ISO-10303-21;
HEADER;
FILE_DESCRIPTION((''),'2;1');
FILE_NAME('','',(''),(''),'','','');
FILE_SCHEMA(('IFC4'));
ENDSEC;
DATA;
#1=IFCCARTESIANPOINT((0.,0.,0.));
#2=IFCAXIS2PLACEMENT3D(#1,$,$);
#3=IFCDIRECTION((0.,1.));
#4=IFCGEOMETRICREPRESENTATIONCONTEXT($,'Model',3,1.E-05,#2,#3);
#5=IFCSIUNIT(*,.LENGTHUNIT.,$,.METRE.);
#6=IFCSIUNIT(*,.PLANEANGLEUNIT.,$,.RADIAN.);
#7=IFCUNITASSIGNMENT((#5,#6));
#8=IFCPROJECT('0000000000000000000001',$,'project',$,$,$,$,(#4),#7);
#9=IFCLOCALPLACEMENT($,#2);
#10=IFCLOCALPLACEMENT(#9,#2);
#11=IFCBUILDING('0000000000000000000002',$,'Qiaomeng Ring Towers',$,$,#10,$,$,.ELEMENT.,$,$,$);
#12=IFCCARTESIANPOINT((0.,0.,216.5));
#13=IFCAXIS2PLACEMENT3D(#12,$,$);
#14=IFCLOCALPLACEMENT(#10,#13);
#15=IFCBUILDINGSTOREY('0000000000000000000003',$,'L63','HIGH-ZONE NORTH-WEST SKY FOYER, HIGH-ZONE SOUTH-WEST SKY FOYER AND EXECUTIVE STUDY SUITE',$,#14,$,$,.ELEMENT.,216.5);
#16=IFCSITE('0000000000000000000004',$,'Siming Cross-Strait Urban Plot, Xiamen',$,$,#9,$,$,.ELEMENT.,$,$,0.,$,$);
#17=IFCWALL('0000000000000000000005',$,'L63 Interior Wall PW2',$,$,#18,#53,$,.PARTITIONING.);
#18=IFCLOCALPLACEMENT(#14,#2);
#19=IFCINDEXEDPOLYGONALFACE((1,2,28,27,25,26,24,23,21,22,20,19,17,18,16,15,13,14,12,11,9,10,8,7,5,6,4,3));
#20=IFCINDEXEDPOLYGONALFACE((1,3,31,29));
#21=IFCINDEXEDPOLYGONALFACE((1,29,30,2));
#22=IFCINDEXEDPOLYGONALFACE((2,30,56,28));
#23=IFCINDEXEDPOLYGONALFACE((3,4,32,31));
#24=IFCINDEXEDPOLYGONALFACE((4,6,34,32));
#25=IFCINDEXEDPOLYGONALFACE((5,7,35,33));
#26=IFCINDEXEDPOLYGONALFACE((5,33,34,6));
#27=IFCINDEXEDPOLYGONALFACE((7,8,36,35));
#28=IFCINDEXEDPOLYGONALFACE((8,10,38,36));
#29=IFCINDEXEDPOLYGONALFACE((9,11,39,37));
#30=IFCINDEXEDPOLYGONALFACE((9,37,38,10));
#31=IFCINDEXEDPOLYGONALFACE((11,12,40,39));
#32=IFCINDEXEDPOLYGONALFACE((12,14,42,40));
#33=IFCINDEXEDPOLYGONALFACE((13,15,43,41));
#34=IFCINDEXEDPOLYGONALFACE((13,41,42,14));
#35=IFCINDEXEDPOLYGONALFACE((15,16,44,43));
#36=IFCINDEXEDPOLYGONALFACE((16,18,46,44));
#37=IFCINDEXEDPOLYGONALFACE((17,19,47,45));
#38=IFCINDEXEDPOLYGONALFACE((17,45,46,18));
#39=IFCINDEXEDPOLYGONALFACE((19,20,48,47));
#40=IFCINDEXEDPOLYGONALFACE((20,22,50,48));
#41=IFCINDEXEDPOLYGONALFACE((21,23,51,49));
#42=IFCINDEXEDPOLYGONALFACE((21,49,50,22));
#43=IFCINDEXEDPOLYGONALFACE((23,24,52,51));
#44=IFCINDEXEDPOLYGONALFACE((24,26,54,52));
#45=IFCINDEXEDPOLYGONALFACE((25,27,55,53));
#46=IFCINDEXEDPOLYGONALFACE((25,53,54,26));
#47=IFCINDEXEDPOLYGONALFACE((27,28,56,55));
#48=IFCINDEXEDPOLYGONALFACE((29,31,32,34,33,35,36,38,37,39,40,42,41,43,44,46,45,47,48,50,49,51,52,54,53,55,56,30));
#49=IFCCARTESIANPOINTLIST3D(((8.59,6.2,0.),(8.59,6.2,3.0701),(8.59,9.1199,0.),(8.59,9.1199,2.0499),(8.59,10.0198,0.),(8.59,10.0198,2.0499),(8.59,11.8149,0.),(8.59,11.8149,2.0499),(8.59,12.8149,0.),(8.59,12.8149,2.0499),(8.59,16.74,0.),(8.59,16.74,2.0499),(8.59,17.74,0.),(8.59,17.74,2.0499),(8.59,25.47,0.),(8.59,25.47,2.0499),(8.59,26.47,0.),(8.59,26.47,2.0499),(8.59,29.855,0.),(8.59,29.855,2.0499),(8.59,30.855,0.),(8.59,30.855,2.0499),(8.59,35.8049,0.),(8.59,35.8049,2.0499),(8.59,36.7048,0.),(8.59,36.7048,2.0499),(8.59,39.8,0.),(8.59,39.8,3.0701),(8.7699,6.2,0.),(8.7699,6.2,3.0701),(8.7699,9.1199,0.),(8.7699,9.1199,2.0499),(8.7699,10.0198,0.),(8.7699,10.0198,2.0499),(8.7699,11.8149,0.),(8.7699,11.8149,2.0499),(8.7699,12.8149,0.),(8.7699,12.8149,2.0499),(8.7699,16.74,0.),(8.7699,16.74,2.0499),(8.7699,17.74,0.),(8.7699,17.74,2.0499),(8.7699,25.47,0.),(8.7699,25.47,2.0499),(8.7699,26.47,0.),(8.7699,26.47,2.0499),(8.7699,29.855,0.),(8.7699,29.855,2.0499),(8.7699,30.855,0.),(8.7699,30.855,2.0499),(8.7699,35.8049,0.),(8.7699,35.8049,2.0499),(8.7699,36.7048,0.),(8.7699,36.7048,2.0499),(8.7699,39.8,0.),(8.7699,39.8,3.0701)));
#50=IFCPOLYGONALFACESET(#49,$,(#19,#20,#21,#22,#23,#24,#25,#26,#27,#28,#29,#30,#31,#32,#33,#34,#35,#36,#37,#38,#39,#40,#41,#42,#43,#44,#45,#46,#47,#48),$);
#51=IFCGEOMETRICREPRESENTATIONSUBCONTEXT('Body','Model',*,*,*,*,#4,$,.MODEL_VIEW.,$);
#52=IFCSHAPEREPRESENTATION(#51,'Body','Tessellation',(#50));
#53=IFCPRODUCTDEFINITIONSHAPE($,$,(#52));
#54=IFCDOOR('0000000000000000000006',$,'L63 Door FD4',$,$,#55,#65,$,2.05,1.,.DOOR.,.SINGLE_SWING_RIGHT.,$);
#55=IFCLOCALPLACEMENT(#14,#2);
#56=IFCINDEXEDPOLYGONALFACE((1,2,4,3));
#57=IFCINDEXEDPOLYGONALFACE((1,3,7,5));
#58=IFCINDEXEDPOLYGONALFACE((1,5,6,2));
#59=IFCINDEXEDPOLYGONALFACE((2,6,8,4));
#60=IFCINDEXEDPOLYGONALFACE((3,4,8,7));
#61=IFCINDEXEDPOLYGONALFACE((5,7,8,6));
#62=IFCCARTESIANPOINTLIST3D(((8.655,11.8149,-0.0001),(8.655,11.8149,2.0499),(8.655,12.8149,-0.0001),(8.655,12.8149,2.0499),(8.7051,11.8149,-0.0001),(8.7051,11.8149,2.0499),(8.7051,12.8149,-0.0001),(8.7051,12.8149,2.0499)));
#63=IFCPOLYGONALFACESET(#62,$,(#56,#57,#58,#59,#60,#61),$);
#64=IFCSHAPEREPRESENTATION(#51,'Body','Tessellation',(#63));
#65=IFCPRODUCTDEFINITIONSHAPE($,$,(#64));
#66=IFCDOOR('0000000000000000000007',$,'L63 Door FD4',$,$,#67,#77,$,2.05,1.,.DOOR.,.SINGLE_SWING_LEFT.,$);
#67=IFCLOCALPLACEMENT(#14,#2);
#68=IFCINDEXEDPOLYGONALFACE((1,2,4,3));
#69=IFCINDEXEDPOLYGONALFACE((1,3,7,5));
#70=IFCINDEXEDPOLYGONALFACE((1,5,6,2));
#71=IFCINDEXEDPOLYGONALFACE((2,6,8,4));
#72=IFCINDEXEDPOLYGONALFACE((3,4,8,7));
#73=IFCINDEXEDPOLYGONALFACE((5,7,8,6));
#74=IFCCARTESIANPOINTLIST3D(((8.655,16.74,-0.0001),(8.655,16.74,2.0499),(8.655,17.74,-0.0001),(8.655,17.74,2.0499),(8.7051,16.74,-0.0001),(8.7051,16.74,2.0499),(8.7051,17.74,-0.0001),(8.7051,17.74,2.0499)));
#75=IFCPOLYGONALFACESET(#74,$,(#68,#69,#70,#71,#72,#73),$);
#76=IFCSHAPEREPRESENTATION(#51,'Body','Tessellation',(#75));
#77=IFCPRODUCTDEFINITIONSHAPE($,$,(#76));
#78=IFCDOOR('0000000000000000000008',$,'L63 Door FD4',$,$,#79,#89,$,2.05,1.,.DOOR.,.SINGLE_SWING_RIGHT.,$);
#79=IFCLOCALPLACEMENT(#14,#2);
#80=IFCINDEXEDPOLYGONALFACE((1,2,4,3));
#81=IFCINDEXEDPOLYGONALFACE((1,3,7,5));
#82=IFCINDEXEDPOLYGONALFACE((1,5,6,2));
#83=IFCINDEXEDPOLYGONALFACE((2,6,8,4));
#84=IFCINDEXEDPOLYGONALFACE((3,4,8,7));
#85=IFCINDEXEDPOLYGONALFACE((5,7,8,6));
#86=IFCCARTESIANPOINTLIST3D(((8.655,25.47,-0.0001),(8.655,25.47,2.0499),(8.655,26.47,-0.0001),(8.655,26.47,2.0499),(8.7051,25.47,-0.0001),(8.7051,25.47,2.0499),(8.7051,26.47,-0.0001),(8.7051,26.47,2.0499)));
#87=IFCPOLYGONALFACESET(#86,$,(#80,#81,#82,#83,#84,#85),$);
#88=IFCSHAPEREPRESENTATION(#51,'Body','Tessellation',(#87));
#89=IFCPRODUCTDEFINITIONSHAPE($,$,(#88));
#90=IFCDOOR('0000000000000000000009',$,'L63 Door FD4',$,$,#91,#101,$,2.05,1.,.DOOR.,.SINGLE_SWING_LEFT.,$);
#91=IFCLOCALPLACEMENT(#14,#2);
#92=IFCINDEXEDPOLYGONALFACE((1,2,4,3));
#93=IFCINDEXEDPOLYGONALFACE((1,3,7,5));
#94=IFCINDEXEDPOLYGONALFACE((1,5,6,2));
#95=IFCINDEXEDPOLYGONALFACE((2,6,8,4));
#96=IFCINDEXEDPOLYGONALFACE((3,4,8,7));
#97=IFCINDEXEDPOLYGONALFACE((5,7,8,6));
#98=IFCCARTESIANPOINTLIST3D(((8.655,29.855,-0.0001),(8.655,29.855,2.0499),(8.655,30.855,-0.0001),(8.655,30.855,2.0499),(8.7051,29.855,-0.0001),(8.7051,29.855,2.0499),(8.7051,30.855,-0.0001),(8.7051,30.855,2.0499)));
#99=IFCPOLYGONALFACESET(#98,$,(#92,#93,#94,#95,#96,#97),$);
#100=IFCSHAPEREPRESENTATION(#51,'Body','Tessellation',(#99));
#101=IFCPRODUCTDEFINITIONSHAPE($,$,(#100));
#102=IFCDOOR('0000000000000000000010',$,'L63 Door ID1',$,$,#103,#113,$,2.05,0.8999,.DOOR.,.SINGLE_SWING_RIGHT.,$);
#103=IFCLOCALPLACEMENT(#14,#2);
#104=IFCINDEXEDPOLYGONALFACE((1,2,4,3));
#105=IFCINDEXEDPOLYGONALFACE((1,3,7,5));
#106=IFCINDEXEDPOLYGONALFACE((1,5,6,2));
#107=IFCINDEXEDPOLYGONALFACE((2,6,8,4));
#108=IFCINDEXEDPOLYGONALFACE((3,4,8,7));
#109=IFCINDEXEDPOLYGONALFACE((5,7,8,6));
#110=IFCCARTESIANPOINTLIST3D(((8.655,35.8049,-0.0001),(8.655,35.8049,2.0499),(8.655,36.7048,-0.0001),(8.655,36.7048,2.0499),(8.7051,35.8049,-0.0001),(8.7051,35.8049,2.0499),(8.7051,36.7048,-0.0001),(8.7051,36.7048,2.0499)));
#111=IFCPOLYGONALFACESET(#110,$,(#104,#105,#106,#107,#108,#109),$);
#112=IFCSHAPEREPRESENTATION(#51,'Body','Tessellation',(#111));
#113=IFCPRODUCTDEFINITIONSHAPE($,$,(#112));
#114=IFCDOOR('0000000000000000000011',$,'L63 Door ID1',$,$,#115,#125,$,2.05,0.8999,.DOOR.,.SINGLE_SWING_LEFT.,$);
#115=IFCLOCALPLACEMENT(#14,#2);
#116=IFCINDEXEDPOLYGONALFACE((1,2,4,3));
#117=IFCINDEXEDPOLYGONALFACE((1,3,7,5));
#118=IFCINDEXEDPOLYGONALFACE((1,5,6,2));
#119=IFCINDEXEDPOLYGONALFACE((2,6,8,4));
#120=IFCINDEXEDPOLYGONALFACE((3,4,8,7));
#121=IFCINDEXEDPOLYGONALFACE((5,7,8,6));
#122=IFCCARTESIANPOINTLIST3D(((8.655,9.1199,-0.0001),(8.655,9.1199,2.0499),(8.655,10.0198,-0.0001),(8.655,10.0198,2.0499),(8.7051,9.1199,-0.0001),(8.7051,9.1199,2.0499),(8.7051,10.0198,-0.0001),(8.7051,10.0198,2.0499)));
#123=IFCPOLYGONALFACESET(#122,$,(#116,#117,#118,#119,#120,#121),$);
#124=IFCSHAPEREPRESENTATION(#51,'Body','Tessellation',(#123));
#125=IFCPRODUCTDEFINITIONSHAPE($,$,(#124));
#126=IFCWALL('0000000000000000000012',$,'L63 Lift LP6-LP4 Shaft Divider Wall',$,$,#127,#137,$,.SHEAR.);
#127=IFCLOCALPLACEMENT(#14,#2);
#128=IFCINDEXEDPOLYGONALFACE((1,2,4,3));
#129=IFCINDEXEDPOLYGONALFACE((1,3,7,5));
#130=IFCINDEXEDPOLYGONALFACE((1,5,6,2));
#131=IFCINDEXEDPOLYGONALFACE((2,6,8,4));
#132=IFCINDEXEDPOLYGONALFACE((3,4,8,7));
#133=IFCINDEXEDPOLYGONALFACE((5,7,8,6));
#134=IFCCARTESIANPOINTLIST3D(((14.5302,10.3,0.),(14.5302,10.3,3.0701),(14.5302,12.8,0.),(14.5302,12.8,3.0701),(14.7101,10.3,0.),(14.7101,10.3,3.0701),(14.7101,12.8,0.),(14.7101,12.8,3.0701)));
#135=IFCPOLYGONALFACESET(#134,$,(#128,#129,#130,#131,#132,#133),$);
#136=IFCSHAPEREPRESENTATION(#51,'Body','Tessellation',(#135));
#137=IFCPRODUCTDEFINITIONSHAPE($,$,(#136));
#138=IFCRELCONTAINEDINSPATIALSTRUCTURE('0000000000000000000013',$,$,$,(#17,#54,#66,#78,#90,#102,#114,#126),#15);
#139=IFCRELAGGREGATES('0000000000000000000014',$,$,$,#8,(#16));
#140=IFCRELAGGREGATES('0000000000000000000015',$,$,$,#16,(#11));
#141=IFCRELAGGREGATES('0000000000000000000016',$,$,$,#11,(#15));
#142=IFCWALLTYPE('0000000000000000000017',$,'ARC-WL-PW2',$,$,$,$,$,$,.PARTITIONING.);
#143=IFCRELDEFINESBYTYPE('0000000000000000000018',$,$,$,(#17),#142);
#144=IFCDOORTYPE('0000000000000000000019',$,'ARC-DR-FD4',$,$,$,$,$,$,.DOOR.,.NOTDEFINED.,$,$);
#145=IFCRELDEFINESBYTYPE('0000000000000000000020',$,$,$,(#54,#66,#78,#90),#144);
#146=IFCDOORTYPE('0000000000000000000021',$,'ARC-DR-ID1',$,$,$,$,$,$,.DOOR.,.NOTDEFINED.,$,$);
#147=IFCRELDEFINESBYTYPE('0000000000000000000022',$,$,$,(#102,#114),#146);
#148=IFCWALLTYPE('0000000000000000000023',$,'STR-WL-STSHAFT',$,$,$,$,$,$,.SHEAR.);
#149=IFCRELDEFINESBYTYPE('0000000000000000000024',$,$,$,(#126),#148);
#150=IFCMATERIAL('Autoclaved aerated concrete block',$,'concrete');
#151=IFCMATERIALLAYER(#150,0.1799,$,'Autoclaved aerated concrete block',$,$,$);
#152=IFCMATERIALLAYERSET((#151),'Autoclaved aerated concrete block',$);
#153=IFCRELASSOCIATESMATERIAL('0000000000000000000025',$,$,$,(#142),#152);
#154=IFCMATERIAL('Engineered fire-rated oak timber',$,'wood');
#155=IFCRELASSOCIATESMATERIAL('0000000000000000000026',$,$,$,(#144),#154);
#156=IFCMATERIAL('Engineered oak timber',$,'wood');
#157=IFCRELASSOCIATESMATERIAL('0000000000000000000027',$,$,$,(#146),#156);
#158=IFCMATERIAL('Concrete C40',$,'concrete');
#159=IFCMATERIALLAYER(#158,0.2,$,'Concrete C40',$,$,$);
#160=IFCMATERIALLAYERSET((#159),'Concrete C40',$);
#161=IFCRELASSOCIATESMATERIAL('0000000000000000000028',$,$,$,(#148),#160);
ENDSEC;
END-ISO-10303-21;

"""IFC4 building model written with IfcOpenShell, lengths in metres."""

from ifc_helpers import new_model, si_unit, direction, frame, frame_2d, origin, place, context, subcontext, project, spatial, rectangle, extrude, source, transform, mapped, material, layer, layer_set, type_object, element, fill, save


model = new_model("IFC4")

# Units and contexts
model_context = context("Model", 3, precision=1e-05, world=origin(), true_north=direction((0.0, 1.0)))
body_context = subcontext(model_context, "Body", "Model", "MODEL_VIEW")
ifc_project = project(units=[si_unit("LENGTHUNIT", "METRE"), si_unit("PLANEANGLEUNIT", "RADIAN")], contexts=[model_context])

# Site, building, storey
site_placement = place(None, origin())
site = spatial("IfcSite", under=ifc_project, at=site_placement, Name="Siming Cross-Strait Urban Plot, Xiamen", CompositionType="ELEMENT", RefElevation=0.0)
building_placement = place(site_placement, origin())
building = spatial("IfcBuilding", under=site, at=building_placement, Name="Qiaomeng Ring Towers", CompositionType="ELEMENT")
storey_placement = place(building_placement, frame((0.0, 0.0, 216.5)))
storey = spatial("IfcBuildingStorey", under=building, at=storey_placement, Name="L63", Description="HIGH-ZONE NORTH-WEST SKY FOYER, HIGH-ZONE SOUTH-WEST SKY FOYER AND EXECUTIVE STUDY SUITE", CompositionType="ELEMENT", Elevation=216.5)

# Shared definitions
ifc_material_1 = material(Name="Autoclaved aerated concrete block", Category="concrete")

# Wall, openings, doors
ifc_layer_1 = layer(ifc_material_1, 0.1799, Name="Autoclaved aerated concrete block")
ifc_layer_set_1 = layer_set([ifc_layer_1], Name="Autoclaved aerated concrete block")
wall_type_1 = type_object("IfcWallType", Name="ARC-WL-PW2", PredefinedType="PARTITIONING", material=ifc_layer_set_1)
wall_1_placement = place(storey_placement, frame((8.6799, 6.2, 0.0), z_axis=(0.0, 0.0, 1.0), x_axis=(0.0, 1.0, 0.0)))
wall_1 = element("IfcWall", 1, at=wall_1_placement, inside=storey, type_object=wall_type_1, Name="L63 Interior Wall PW2", PredefinedType="PARTITIONING", context=body_context, shape_type="SweptSolid", body=[
    extrude(rectangle(XDim=33.6001, YDim=0.1799, at=frame_2d((16.8, 0.0))), origin(), (0.0, 0.0, 1.0), 3.0701),
])
opening_1_placement = place(wall_1_placement, frame((29.605, 0.0, 0.0)))
opening_1 = element("IfcOpeningElement", 2, at=opening_1_placement, cuts=wall_1, PredefinedType="OPENING", context=body_context, shape_type="SweptSolid", body=[
    extrude(rectangle(XDim=0.8999, YDim=2.05, at=frame_2d((0.45, 1.0249))), frame((0.0, 0.0999, 0.0), z_axis=(0.0, -1.0, 0.0), x_axis=(1.0, 0.0, 0.0)), (0.0, 0.0, 1.0), 0.2),
])
opening_2_placement = place(wall_1_placement, frame((2.9199, 0.0, 0.0)))
opening_2 = element("IfcOpeningElement", 3, at=opening_2_placement, cuts=wall_1, PredefinedType="OPENING", context=body_context, shape_type="SweptSolid", body=[
    extrude(rectangle(XDim=0.8999, YDim=2.05, at=frame_2d((0.45, 1.0249))), frame((0.0, 0.0999, 0.0), z_axis=(0.0, -1.0, 0.0), x_axis=(1.0, 0.0, 0.0)), (0.0, 0.0, 1.0), 0.2),
])
opening_3_placement = place(wall_1_placement, frame((5.615, 0.0, 0.0)))
opening_3 = element("IfcOpeningElement", 4, at=opening_3_placement, cuts=wall_1, PredefinedType="OPENING", context=body_context, shape_type="SweptSolid", body=[
    extrude(rectangle(XDim=1.0, YDim=2.05, at=frame_2d((0.5, 1.0249))), frame((0.0, 0.0999, 0.0), z_axis=(0.0, -1.0, 0.0), x_axis=(1.0, 0.0, 0.0)), (0.0, 0.0, 1.0), 0.2),
])
opening_4_placement = place(wall_1_placement, frame((10.54, 0.0, 0.0)))
opening_4 = element("IfcOpeningElement", 5, at=opening_4_placement, cuts=wall_1, PredefinedType="OPENING", context=body_context, shape_type="SweptSolid", body=[
    extrude(rectangle(XDim=1.0, YDim=2.05, at=frame_2d((0.5, 1.0249))), frame((0.0, 0.0999, 0.0), z_axis=(0.0, -1.0, 0.0), x_axis=(1.0, 0.0, 0.0)), (0.0, 0.0, 1.0), 0.2),
])
opening_5_placement = place(wall_1_placement, frame((19.27, 0.0, 0.0)))
opening_5 = element("IfcOpeningElement", 6, at=opening_5_placement, cuts=wall_1, PredefinedType="OPENING", context=body_context, shape_type="SweptSolid", body=[
    extrude(rectangle(XDim=1.0, YDim=2.05, at=frame_2d((0.5, 1.0249))), frame((0.0, 0.0999, 0.0), z_axis=(0.0, -1.0, 0.0), x_axis=(1.0, 0.0, 0.0)), (0.0, 0.0, 1.0), 0.2),
])
opening_6_placement = place(wall_1_placement, frame((23.655, 0.0, 0.0)))
opening_6 = element("IfcOpeningElement", 7, at=opening_6_placement, cuts=wall_1, PredefinedType="OPENING", context=body_context, shape_type="SweptSolid", body=[
    extrude(rectangle(XDim=1.0, YDim=2.05, at=frame_2d((0.5, 1.0249))), frame((0.0, 0.0999, 0.0), z_axis=(0.0, -1.0, 0.0), x_axis=(1.0, 0.0, 0.0)), (0.0, 0.0, 1.0), 0.2),
])
ifc_material_2 = material(Name="Engineered fire-rated oak timber", Category="wood")
door_type_1 = type_object("IfcDoorType", Name="ARC-DR-FD4", OperationType="NOTDEFINED", PredefinedType="DOOR", material=ifc_material_2)
shared_shape_1 = source(origin(), body_context, "Body", "SweptSolid", [
    extrude(rectangle(XDim=1.0, YDim=2.05, at=frame_2d((0.5, 1.0249))), frame((0.0, 0.0249, 0.0), z_axis=(0.0, -1.0, 0.0), x_axis=(1.0, 0.0, 0.0)), (0.0, 0.0, 1.0), 0.05),
])
door_1_placement = place(opening_3_placement, origin())
door_1 = element("IfcDoor", 8, at=door_1_placement, inside=storey, type_object=door_type_1, Name="L63 Door FD4", OperationType="SINGLE_SWING_RIGHT", OverallHeight=2.05, OverallWidth=1.0, PredefinedType="DOOR", context=body_context, shape_type="MappedRepresentation", body=[
    mapped(shared_shape_1, transform((0.0, 0.0, 0.0), x_axis=(1.0, 0.0, 0.0), y_axis=(0.0, 1.0, 0.0), z_axis=(0.0, 0.0, 1.0), scale=1.0)),
])
fill(opening_3, door_1)
door_2_placement = place(opening_4_placement, origin())
door_2 = element("IfcDoor", 9, at=door_2_placement, inside=storey, type_object=door_type_1, Name="L63 Door FD4", OperationType="SINGLE_SWING_LEFT", OverallHeight=2.05, OverallWidth=1.0, PredefinedType="DOOR", context=body_context, shape_type="MappedRepresentation", body=[
    mapped(shared_shape_1, transform((0.0, 0.0, 0.0), x_axis=(1.0, 0.0, 0.0), y_axis=(0.0, 1.0, 0.0), z_axis=(0.0, 0.0, 1.0), scale=1.0)),
])
fill(opening_4, door_2)
door_3_placement = place(opening_5_placement, origin())
door_3 = element("IfcDoor", 10, at=door_3_placement, inside=storey, type_object=door_type_1, Name="L63 Door FD4", OperationType="SINGLE_SWING_RIGHT", OverallHeight=2.05, OverallWidth=1.0, PredefinedType="DOOR", context=body_context, shape_type="MappedRepresentation", body=[
    mapped(shared_shape_1, transform((0.0, 0.0, 0.0), x_axis=(1.0, 0.0, 0.0), y_axis=(0.0, 1.0, 0.0), z_axis=(0.0, 0.0, 1.0), scale=1.0)),
])
fill(opening_5, door_3)
door_4_placement = place(opening_6_placement, origin())
door_4 = element("IfcDoor", 11, at=door_4_placement, inside=storey, type_object=door_type_1, Name="L63 Door FD4", OperationType="SINGLE_SWING_LEFT", OverallHeight=2.05, OverallWidth=1.0, PredefinedType="DOOR", context=body_context, shape_type="MappedRepresentation", body=[
    mapped(shared_shape_1, transform((0.0, 0.0, 0.0), x_axis=(1.0, 0.0, 0.0), y_axis=(0.0, 1.0, 0.0), z_axis=(0.0, 0.0, 1.0), scale=1.0)),
])
fill(opening_6, door_4)
ifc_material_3 = material(Name="Engineered oak timber", Category="wood")
door_type_2 = type_object("IfcDoorType", Name="ARC-DR-ID1", OperationType="NOTDEFINED", PredefinedType="DOOR", material=ifc_material_3)
shared_shape_2 = source(origin(), body_context, "Body", "SweptSolid", [
    extrude(rectangle(XDim=0.8999, YDim=2.05, at=frame_2d((0.45, 1.0249))), frame((0.0, 0.0249, 0.0), z_axis=(0.0, -1.0, 0.0), x_axis=(1.0, 0.0, 0.0)), (0.0, 0.0, 1.0), 0.05),
])
door_5_placement = place(opening_1_placement, origin())
door_5 = element("IfcDoor", 12, at=door_5_placement, inside=storey, type_object=door_type_2, Name="L63 Door ID1", OperationType="SINGLE_SWING_RIGHT", OverallHeight=2.05, OverallWidth=0.8999, PredefinedType="DOOR", context=body_context, shape_type="MappedRepresentation", body=[
    mapped(shared_shape_2, transform((0.0, 0.0, 0.0), x_axis=(1.0, 0.0, 0.0), y_axis=(0.0, 1.0, 0.0), z_axis=(0.0, 0.0, 1.0), scale=1.0)),
])
fill(opening_1, door_5)
door_6_placement = place(opening_2_placement, origin())
door_6 = element("IfcDoor", 13, at=door_6_placement, inside=storey, type_object=door_type_2, Name="L63 Door ID1", OperationType="SINGLE_SWING_LEFT", OverallHeight=2.05, OverallWidth=0.8999, PredefinedType="DOOR", context=body_context, shape_type="MappedRepresentation", body=[
    mapped(shared_shape_2, transform((0.0, 0.0, 0.0), x_axis=(1.0, 0.0, 0.0), y_axis=(0.0, 1.0, 0.0), z_axis=(0.0, 0.0, 1.0), scale=1.0)),
])
fill(opening_2, door_6)

# Wall
ifc_material_4 = material(Name="Concrete C40", Category="concrete")
ifc_layer_2 = layer(ifc_material_4, 0.2, Name="Concrete C40")
ifc_layer_set_2 = layer_set([ifc_layer_2], Name="Concrete C40")
wall_type_2 = type_object("IfcWallType", Name="STR-WL-STSHAFT", PredefinedType="SHEAR", material=ifc_layer_set_2)
wall_2_placement = place(storey_placement, frame((14.6201, 10.3, 0.0), z_axis=(0.0, 0.0, 1.0), x_axis=(0.0, 1.0, 0.0)))
element("IfcWall", 14, at=wall_2_placement, inside=storey, type_object=wall_type_2, Name="L63 Lift LP6-LP4 Shaft Divider Wall", PredefinedType="SHEAR", context=body_context, shape_type="SweptSolid", body=[
    extrude(rectangle(XDim=2.5, YDim=0.1799, at=frame_2d((1.25, 0.0))), origin(), (0.0, 0.0, 1.0), 3.0701),
])

save(model, "model.ifc")
